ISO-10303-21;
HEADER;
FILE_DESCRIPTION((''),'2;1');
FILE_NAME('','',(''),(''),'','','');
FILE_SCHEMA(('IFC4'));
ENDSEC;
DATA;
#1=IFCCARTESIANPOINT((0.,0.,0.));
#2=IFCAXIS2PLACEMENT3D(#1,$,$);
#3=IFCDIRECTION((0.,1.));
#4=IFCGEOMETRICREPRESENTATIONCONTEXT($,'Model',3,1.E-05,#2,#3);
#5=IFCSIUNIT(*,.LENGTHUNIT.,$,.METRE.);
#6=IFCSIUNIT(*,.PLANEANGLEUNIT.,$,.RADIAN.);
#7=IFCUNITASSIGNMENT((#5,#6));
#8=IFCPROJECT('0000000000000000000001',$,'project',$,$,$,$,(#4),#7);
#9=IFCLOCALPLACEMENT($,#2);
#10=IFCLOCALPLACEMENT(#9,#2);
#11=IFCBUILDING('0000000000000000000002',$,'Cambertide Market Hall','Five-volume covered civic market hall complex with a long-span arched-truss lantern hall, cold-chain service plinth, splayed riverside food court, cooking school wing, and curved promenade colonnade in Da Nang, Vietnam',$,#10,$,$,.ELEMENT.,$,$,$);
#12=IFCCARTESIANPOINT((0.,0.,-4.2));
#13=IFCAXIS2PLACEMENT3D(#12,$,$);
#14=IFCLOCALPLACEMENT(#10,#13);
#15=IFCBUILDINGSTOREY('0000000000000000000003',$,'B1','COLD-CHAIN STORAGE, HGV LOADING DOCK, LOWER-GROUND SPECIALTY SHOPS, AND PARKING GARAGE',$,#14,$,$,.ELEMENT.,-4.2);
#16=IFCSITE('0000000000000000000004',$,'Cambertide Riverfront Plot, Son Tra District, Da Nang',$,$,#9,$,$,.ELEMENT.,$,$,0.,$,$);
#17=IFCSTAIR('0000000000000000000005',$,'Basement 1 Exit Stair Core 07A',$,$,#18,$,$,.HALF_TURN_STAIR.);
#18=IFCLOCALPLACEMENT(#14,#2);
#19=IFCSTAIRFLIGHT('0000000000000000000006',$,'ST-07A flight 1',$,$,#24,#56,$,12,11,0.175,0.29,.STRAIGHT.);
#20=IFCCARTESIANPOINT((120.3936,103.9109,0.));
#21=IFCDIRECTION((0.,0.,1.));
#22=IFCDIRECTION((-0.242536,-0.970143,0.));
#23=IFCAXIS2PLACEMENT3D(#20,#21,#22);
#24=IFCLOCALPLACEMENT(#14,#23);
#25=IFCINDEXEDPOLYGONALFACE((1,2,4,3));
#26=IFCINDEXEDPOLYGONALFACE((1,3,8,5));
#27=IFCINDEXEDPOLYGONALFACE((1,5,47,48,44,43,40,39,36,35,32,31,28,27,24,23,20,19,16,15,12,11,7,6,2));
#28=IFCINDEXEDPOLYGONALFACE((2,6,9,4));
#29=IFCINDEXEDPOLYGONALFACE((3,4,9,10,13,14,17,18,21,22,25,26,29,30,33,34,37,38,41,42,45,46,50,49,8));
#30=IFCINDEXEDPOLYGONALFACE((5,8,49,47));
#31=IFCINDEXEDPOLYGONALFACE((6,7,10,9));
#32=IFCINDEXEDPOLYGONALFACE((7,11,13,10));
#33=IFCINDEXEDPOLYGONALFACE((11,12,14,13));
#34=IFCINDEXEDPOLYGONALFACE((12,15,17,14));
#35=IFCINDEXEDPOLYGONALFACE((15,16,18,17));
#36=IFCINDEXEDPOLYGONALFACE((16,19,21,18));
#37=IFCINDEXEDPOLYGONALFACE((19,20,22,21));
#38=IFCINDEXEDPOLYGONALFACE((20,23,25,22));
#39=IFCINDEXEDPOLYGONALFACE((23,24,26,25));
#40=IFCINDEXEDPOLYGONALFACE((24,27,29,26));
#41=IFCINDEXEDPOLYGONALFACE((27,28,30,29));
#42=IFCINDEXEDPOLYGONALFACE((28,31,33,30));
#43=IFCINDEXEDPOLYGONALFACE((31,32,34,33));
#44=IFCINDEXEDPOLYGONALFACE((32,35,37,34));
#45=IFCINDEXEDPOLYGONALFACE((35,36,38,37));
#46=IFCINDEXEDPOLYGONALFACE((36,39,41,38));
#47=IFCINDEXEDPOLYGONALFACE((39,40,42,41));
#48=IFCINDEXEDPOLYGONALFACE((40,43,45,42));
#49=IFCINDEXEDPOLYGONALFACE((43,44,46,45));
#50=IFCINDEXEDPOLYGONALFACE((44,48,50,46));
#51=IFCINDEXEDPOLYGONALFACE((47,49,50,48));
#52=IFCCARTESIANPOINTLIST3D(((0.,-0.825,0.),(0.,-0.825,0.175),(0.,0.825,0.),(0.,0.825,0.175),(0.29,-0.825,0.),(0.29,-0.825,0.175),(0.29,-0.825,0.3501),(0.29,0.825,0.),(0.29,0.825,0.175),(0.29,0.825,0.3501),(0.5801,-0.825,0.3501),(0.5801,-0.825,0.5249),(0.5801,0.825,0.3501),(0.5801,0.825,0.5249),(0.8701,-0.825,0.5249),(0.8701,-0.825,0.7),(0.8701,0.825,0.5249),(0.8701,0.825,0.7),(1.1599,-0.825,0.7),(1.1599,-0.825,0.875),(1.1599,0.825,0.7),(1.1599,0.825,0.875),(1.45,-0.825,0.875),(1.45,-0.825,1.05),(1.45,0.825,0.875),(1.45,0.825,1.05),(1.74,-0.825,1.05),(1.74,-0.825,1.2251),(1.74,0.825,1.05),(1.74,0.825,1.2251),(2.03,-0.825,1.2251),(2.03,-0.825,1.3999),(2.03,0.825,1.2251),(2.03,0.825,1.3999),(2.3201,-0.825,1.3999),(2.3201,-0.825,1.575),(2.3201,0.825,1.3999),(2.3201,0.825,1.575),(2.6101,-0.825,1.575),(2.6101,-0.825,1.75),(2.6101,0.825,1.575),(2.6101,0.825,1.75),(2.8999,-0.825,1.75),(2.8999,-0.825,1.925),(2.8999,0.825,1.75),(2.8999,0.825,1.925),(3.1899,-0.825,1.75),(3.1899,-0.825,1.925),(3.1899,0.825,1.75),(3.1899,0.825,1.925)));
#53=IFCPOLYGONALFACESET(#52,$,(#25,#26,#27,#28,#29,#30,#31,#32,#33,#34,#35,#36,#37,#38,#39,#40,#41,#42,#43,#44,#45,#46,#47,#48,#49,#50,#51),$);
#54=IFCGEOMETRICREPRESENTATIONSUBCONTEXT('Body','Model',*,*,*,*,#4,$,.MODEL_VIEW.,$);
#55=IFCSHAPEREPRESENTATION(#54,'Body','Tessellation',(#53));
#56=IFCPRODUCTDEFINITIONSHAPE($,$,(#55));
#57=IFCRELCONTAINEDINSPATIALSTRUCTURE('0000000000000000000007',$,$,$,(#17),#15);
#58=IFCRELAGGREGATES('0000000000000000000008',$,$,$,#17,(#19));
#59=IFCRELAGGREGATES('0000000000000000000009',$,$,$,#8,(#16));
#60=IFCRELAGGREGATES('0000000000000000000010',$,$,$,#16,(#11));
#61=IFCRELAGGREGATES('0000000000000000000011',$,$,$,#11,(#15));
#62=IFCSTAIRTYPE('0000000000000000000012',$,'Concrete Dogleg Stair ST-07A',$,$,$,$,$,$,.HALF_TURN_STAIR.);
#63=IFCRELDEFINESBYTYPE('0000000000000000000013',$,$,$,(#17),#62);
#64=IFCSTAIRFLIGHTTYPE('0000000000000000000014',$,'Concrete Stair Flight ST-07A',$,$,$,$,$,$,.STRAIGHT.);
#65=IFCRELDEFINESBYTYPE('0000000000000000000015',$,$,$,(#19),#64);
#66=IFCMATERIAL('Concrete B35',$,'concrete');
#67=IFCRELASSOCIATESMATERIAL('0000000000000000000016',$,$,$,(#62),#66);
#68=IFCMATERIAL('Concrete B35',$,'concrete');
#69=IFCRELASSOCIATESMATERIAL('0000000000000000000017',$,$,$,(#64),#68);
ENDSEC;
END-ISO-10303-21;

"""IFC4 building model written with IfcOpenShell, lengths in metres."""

from ifc_helpers import new_model, si_unit, direction, frame, origin, place, context, subcontext, project, spatial, polyline, outline, extrude, material, type_object, element, aggregate, save


model = new_model("IFC4")

# Units and contexts
model_context = context("Model", 3, precision=1e-05, world=origin(), true_north=direction((0.0, 1.0)))
body_context = subcontext(model_context, "Body", "Model", "MODEL_VIEW")
ifc_project = project(units=[si_unit("LENGTHUNIT", "METRE"), si_unit("PLANEANGLEUNIT", "RADIAN")], contexts=[model_context])

# Site, building, storey
site_placement = place(None, origin())
site = spatial("IfcSite", under=ifc_project, at=site_placement, Name="Cambertide Riverfront Plot, Son Tra District, Da Nang", CompositionType="ELEMENT", RefElevation=0.0)
building_placement = place(site_placement, origin())
building = spatial("IfcBuilding", under=site, at=building_placement, Name="Cambertide Market Hall", Description="Five-volume covered civic market hall complex with a long-span arched-truss lantern hall, cold-chain service plinth, splayed riverside food court, cooking school wing, and curved promenade colonnade in Da Nang, Vietnam", CompositionType="ELEMENT")
storey_placement = place(building_placement, frame((0.0, 0.0, -4.2)))
storey = spatial("IfcBuildingStorey", under=building, at=storey_placement, Name="B1", Description="COLD-CHAIN STORAGE, HGV LOADING DOCK, LOWER-GROUND SPECIALTY SHOPS, AND PARKING GARAGE", CompositionType="ELEMENT", Elevation=-4.2)

# Stair, stair flight
ifc_material_1 = material(Name="Concrete B35", Category="concrete")
stair_type = type_object("IfcStairType", Name="Concrete Dogleg Stair ST-07A", PredefinedType="HALF_TURN_STAIR", material=ifc_material_1)
stair_placement = place(storey_placement, origin())
stair = element("IfcStair", 1, at=stair_placement, inside=storey, type_object=stair_type, Name="Basement 1 Exit Stair Core 07A", PredefinedType="HALF_TURN_STAIR")
ifc_material_2 = material(Name="Concrete B35", Category="concrete")
stair_flight_type = type_object("IfcStairFlightType", Name="Concrete Stair Flight ST-07A", PredefinedType="STRAIGHT", material=ifc_material_2)
stair_flight_placement = place(storey_placement, frame((120.3936, 103.9109, 0.0), z_axis=(0.0, 0.0, 1.0), x_axis=(-0.242536, -0.970143, 0.0)))
stair_flight = element("IfcStairFlight", 2, at=stair_flight_placement, type_object=stair_flight_type, Name="ST-07A flight 1", NumberOfRisers=12, NumberOfTreads=11, PredefinedType="STRAIGHT", RiserHeight=0.175, TreadLength=0.29, context=body_context, shape_type="SweptSolid", body=[
    extrude(outline(polyline([(0.0, 0.0), (0.0, 0.175), (0.29, 0.175), (0.29, 0.3501), (0.5801, 0.3501), (0.5801, 0.5249), (0.8701, 0.5249), (0.8701, 0.7), (1.1599, 0.7), (1.1599, 0.875), (1.45, 0.875), (1.45, 1.05), (1.74, 1.05), (1.74, 1.2251), (2.03, 1.2251), (2.03, 1.3999), (2.3201, 1.3999), (2.3201, 1.575), (2.6101, 1.575), (2.6101, 1.75), (2.8999, 1.75), (2.8999, 1.925), (3.1899, 1.925), (3.1899, 2.1001), (3.1899, 1.75), (0.29, 0.0), (0.0, 0.0)])), frame((0.0, 0.825, 0.0), z_axis=(0.0, -1.0, 0.0), x_axis=(1.0, 0.0, 0.0)), (0.0, 0.0, 1.0), 1.6499),
])
aggregate(stair, [stair_flight])

save(model, "model.ifc")
